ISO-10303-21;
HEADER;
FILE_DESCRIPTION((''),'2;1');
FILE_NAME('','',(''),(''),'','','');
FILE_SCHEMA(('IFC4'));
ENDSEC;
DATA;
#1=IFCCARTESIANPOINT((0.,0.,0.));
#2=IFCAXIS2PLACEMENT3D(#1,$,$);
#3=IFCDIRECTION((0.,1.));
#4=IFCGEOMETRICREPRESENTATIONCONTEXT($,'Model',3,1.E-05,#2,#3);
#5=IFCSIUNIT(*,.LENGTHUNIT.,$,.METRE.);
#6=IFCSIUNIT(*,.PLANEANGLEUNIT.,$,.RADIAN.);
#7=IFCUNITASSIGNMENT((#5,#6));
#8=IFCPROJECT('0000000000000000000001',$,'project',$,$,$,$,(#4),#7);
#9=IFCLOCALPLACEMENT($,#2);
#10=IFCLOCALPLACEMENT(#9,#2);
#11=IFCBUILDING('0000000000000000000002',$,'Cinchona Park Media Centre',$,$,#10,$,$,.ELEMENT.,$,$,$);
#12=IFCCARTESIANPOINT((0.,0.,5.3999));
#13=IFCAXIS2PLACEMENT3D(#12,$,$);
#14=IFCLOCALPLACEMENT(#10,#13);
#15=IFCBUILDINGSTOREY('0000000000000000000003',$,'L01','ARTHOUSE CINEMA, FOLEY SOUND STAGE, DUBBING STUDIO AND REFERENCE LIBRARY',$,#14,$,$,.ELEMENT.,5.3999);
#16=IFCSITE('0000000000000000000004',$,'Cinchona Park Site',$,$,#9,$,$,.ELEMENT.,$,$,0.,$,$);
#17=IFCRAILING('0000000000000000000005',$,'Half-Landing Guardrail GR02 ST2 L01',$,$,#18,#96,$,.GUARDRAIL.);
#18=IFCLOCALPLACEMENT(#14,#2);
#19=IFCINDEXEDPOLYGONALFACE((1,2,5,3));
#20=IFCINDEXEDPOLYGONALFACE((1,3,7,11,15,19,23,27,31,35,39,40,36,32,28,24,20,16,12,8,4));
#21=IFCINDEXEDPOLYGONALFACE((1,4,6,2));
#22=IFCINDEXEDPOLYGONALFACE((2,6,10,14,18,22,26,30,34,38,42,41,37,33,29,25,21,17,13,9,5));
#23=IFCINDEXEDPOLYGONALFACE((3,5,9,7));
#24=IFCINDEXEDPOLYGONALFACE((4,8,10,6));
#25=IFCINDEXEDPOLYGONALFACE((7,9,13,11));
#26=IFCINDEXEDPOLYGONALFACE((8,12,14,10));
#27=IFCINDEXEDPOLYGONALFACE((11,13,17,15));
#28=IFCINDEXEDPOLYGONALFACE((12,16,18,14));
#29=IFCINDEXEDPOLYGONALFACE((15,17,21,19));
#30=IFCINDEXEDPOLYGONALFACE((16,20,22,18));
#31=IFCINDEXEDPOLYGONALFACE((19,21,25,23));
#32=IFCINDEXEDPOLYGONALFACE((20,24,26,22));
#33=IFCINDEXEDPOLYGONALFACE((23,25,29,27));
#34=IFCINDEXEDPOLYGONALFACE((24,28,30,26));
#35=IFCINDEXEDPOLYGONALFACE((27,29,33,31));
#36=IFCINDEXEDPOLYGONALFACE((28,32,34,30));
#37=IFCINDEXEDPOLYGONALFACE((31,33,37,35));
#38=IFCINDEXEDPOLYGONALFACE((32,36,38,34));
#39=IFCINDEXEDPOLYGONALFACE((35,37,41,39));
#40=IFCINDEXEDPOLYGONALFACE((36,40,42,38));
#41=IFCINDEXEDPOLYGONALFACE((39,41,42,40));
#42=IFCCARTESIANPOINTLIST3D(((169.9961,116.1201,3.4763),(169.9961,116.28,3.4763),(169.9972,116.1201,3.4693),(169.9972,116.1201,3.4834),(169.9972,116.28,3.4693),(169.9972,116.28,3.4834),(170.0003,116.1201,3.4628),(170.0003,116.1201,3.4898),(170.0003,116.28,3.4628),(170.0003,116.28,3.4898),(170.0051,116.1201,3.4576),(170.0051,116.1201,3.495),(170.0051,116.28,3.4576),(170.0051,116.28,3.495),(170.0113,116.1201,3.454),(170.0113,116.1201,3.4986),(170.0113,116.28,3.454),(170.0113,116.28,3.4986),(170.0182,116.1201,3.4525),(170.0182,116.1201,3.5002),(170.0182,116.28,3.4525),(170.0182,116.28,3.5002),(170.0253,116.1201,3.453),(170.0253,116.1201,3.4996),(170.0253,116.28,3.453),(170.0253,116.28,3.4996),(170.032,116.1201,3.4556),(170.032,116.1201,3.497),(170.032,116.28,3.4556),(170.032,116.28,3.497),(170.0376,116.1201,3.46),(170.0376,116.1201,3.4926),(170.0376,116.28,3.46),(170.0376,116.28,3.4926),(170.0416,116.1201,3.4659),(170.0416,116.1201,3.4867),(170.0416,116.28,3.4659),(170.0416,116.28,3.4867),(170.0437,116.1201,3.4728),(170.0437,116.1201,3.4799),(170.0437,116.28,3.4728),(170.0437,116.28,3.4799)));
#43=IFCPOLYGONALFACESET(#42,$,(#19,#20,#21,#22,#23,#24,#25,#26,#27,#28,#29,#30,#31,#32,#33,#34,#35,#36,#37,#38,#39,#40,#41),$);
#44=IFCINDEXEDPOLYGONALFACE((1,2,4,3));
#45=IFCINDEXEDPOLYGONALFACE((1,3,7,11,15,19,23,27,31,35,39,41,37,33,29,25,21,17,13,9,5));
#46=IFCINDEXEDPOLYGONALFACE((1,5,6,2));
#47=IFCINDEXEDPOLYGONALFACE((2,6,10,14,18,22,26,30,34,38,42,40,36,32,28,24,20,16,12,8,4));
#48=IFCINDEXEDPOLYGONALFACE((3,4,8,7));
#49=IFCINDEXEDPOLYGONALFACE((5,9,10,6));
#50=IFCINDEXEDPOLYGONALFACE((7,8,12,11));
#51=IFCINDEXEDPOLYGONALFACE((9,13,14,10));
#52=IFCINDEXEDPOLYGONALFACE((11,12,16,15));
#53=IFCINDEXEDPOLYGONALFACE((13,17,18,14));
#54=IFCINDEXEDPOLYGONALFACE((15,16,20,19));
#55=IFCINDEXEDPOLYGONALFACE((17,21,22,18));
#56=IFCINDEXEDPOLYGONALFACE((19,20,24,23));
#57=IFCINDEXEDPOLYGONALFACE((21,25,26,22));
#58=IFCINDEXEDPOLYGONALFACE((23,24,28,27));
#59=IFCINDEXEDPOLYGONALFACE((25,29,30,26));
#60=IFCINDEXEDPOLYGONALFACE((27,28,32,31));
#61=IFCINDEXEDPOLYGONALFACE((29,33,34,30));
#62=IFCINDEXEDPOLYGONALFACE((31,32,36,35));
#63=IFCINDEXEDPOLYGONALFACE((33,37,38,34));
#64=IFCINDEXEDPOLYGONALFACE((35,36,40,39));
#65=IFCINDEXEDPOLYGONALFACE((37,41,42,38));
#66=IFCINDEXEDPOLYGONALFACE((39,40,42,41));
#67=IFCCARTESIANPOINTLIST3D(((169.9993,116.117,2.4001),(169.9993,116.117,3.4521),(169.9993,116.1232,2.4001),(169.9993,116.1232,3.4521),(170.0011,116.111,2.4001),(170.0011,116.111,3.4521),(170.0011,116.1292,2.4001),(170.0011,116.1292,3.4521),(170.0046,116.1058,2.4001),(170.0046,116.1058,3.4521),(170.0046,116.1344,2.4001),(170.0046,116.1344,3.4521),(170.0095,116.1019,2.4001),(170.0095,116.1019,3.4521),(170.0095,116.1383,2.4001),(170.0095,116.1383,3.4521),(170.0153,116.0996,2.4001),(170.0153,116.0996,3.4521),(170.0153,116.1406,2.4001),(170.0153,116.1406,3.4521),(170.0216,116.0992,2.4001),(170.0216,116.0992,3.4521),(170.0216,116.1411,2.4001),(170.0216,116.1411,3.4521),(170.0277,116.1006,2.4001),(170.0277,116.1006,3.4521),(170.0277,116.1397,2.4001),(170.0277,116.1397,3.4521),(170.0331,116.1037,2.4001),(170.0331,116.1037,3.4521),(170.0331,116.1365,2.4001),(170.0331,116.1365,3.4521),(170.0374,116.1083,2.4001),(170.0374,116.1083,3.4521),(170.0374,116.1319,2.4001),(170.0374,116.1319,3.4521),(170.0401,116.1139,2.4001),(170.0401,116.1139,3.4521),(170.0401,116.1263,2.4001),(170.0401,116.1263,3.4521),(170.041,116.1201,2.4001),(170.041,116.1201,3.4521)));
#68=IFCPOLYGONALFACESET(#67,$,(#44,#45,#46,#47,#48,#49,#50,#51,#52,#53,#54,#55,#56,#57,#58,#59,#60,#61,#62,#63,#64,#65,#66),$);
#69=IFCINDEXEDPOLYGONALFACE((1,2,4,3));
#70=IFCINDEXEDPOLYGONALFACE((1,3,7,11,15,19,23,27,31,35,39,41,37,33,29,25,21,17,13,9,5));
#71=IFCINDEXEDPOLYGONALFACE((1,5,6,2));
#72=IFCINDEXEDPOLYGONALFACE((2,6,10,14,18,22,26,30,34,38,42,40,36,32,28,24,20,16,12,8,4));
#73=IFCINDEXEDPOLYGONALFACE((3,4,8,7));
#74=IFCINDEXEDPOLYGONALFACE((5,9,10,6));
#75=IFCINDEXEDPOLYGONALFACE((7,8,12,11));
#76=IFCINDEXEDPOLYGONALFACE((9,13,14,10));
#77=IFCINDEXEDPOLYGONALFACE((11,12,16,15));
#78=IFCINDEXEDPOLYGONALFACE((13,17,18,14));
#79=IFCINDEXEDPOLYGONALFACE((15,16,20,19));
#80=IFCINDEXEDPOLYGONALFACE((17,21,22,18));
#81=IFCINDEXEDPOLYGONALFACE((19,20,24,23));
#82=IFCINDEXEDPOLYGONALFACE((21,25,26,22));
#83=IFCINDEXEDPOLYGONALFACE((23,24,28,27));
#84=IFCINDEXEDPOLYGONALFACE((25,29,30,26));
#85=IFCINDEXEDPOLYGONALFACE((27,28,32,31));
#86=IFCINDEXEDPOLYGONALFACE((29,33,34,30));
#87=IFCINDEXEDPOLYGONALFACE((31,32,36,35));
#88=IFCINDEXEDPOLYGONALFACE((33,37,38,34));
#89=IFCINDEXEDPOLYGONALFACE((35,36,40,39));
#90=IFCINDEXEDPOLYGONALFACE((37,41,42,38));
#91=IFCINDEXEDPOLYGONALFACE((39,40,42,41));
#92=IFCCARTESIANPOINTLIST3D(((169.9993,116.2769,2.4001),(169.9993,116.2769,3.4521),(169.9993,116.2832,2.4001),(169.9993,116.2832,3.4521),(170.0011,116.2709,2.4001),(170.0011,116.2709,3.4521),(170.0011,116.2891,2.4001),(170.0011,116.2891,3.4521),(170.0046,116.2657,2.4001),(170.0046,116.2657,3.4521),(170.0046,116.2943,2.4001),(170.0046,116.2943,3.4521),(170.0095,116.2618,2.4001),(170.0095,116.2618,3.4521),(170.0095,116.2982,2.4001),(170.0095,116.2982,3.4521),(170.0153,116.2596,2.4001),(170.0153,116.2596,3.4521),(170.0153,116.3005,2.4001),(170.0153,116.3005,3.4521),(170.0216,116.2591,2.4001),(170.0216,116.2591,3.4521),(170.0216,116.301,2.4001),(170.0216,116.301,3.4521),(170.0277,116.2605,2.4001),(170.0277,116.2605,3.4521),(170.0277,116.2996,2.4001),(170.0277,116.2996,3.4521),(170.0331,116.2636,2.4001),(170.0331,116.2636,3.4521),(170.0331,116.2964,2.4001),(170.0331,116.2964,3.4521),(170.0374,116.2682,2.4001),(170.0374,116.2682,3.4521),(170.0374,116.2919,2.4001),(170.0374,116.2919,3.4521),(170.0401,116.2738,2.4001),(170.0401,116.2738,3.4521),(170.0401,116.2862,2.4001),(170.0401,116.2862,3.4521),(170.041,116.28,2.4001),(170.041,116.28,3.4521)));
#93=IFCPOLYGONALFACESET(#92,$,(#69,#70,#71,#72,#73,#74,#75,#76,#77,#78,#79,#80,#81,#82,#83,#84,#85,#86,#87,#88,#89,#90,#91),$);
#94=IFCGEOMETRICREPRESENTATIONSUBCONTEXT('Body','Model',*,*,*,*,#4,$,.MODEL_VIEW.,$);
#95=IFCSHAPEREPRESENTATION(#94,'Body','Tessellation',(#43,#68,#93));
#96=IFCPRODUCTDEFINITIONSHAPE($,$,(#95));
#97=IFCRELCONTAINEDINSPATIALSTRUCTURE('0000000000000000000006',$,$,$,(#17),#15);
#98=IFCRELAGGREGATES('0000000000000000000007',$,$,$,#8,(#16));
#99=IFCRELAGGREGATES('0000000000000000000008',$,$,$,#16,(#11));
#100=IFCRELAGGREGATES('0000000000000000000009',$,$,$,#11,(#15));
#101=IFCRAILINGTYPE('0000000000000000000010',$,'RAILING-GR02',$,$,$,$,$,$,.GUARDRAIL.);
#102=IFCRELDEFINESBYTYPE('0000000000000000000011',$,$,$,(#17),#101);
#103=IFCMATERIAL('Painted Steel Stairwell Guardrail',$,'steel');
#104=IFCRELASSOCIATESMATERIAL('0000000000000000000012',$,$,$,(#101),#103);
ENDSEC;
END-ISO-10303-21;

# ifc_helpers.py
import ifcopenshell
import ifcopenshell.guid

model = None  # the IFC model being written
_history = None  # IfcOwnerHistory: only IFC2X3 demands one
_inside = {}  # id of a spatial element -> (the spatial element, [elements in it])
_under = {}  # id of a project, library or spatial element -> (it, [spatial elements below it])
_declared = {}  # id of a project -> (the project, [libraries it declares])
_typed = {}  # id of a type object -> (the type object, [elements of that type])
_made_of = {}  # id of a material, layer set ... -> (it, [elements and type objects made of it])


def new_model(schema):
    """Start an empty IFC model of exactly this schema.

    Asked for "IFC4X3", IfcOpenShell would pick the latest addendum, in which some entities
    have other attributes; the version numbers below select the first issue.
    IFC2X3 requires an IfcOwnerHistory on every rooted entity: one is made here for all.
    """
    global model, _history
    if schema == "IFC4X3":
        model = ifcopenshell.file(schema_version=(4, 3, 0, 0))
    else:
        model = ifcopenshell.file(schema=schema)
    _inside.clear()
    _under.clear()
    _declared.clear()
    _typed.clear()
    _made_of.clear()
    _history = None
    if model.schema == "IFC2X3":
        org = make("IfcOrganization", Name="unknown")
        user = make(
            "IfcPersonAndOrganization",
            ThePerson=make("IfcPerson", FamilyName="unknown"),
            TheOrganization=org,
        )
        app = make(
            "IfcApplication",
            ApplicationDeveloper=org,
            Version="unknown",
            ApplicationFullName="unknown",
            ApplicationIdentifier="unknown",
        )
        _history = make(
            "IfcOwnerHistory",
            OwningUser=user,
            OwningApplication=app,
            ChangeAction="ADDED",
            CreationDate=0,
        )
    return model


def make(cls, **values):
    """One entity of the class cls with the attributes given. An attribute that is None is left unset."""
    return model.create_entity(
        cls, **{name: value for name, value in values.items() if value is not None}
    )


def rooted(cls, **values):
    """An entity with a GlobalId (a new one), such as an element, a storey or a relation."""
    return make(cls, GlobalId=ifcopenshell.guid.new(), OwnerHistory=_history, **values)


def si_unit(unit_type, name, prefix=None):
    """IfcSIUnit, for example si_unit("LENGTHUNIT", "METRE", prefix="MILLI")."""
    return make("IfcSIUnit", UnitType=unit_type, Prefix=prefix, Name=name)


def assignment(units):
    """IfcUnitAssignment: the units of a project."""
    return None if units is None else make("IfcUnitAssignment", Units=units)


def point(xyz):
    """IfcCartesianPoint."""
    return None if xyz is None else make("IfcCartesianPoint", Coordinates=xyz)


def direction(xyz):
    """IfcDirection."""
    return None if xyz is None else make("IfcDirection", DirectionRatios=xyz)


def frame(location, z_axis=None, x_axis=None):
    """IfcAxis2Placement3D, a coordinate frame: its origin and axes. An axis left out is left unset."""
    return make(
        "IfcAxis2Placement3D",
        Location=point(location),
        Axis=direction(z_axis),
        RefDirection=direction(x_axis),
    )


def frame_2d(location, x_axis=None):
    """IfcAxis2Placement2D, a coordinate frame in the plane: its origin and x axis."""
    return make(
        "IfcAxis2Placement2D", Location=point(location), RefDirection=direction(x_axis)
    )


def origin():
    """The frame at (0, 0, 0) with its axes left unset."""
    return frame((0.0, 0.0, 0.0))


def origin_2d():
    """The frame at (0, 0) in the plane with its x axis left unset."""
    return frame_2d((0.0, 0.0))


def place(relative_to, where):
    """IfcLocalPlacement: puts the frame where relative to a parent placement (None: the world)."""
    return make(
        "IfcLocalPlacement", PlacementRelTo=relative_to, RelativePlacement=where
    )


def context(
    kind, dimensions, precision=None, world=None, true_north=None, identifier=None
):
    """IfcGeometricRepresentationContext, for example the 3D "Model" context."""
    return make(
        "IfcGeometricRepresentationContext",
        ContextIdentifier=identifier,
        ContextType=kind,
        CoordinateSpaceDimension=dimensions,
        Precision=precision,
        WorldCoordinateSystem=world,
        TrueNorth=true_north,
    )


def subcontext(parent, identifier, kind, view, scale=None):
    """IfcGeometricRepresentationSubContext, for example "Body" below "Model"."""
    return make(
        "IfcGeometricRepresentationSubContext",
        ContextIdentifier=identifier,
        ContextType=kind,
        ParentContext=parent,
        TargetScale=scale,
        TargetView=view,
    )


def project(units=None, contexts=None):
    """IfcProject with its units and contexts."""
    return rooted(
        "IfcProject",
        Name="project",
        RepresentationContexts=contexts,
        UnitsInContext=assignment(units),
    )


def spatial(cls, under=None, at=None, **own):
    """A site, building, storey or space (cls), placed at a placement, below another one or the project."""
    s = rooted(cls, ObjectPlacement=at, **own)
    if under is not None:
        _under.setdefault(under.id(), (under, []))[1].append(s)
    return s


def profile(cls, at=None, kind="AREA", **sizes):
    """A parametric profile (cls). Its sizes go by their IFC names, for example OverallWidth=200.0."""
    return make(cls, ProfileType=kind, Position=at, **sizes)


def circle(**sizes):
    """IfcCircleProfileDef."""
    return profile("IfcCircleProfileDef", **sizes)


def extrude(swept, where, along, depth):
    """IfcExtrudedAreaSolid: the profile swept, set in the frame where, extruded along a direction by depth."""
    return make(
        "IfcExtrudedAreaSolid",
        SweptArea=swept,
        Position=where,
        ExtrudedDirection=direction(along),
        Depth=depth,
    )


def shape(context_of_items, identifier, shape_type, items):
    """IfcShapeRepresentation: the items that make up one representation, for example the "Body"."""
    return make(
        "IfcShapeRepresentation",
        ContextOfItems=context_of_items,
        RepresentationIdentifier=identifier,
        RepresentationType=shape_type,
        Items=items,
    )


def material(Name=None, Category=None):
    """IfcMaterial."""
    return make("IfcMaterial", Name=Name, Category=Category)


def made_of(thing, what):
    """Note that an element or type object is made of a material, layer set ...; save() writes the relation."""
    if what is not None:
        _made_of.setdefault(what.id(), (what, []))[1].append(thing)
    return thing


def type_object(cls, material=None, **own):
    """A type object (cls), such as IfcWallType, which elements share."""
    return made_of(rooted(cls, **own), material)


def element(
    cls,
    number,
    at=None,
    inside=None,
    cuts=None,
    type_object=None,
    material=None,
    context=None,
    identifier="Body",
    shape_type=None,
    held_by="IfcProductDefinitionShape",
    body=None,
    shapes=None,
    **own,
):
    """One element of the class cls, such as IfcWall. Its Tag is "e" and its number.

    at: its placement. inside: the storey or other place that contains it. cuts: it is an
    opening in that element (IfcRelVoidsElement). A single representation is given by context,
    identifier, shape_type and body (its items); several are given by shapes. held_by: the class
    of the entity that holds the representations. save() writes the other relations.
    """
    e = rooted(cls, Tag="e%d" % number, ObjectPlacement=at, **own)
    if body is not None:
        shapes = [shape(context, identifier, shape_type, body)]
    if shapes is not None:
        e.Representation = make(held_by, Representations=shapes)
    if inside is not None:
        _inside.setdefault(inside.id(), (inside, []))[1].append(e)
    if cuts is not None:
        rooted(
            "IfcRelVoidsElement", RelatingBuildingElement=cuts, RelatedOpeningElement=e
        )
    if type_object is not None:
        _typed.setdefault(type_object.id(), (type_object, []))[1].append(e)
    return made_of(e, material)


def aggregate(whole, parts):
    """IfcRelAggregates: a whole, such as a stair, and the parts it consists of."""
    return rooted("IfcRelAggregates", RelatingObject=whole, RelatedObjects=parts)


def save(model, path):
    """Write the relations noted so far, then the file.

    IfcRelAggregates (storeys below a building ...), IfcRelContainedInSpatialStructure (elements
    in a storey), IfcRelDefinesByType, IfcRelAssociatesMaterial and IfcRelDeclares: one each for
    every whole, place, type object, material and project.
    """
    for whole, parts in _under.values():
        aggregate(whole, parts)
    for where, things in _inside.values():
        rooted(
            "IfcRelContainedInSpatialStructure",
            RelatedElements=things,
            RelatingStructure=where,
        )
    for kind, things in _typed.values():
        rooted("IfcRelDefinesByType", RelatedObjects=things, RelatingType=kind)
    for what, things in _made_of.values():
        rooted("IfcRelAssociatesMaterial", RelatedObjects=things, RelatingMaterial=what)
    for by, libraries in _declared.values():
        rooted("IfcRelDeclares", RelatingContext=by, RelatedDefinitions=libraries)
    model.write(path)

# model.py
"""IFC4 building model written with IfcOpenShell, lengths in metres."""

from ifc_helpers import new_model, si_unit, direction, frame, origin, origin_2d, place, context, subcontext, project, spatial, circle, extrude, material, type_object, element, save


model = new_model("IFC4")

# Units and contexts
model_context = context("Model", 3, precision=1e-05, world=origin(), true_north=direction((0.0, 1.0)))
body_context = subcontext(model_context, "Body", "Model", "MODEL_VIEW")
ifc_project = project(units=[si_unit("LENGTHUNIT", "METRE"), si_unit("PLANEANGLEUNIT", "RADIAN")], contexts=[model_context])

# Site, building, storey
site_placement = place(None, origin())
site = spatial("IfcSite", under=ifc_project, at=site_placement, Name="Cinchona Park Site", CompositionType="ELEMENT", RefElevation=0.0)
building_placement = place(site_placement, origin())
building = spatial("IfcBuilding", under=site, at=building_placement, Name="Cinchona Park Media Centre", CompositionType="ELEMENT")
storey_placement = place(building_placement, frame((0.0, 0.0, 5.3999)))
storey = spatial("IfcBuildingStorey", under=building, at=storey_placement, Name="L01", Description="ARTHOUSE CINEMA, FOLEY SOUND STAGE, DUBBING STUDIO AND REFERENCE LIBRARY", CompositionType="ELEMENT", Elevation=5.3999)

# Railing
ifc_material_1 = material(Name="Painted Steel Stairwell Guardrail", Category="steel")
railing_type_1 = type_object("IfcRailingType", Name="RAILING-GR02", PredefinedType="GUARDRAIL", material=ifc_material_1)
for number, where, name in (
    (1, (170.02, 116.1201, 2.4001), "Half-Landing Guardrail GR02 ST2 L01"),
):
    element("IfcRailing", number, at=place(storey_placement, frame(where)), inside=storey, type_object=railing_type_1, Name=name, PredefinedType="GUARDRAIL", context=body_context, shape_type="SweptSolid", body=[
        extrude(circle(Radius=0.0239, at=origin_2d()), frame((0.0, 0.0, 1.0762), z_axis=(0.0, 1.0, 0.0), x_axis=(-1.0, 0.0, 0.0)), (0.0, 0.0, 1.0), 0.1599),
        extrude(circle(Radius=0.021, at=origin_2d()), origin(), (0.0, 0.0, 1.0), 1.052),
        extrude(circle(Radius=0.021, at=origin_2d()), frame((0.0, 0.1599, 0.0)), (0.0, 0.0, 1.0), 1.052),
    ])

save(model, "model.ifc")
